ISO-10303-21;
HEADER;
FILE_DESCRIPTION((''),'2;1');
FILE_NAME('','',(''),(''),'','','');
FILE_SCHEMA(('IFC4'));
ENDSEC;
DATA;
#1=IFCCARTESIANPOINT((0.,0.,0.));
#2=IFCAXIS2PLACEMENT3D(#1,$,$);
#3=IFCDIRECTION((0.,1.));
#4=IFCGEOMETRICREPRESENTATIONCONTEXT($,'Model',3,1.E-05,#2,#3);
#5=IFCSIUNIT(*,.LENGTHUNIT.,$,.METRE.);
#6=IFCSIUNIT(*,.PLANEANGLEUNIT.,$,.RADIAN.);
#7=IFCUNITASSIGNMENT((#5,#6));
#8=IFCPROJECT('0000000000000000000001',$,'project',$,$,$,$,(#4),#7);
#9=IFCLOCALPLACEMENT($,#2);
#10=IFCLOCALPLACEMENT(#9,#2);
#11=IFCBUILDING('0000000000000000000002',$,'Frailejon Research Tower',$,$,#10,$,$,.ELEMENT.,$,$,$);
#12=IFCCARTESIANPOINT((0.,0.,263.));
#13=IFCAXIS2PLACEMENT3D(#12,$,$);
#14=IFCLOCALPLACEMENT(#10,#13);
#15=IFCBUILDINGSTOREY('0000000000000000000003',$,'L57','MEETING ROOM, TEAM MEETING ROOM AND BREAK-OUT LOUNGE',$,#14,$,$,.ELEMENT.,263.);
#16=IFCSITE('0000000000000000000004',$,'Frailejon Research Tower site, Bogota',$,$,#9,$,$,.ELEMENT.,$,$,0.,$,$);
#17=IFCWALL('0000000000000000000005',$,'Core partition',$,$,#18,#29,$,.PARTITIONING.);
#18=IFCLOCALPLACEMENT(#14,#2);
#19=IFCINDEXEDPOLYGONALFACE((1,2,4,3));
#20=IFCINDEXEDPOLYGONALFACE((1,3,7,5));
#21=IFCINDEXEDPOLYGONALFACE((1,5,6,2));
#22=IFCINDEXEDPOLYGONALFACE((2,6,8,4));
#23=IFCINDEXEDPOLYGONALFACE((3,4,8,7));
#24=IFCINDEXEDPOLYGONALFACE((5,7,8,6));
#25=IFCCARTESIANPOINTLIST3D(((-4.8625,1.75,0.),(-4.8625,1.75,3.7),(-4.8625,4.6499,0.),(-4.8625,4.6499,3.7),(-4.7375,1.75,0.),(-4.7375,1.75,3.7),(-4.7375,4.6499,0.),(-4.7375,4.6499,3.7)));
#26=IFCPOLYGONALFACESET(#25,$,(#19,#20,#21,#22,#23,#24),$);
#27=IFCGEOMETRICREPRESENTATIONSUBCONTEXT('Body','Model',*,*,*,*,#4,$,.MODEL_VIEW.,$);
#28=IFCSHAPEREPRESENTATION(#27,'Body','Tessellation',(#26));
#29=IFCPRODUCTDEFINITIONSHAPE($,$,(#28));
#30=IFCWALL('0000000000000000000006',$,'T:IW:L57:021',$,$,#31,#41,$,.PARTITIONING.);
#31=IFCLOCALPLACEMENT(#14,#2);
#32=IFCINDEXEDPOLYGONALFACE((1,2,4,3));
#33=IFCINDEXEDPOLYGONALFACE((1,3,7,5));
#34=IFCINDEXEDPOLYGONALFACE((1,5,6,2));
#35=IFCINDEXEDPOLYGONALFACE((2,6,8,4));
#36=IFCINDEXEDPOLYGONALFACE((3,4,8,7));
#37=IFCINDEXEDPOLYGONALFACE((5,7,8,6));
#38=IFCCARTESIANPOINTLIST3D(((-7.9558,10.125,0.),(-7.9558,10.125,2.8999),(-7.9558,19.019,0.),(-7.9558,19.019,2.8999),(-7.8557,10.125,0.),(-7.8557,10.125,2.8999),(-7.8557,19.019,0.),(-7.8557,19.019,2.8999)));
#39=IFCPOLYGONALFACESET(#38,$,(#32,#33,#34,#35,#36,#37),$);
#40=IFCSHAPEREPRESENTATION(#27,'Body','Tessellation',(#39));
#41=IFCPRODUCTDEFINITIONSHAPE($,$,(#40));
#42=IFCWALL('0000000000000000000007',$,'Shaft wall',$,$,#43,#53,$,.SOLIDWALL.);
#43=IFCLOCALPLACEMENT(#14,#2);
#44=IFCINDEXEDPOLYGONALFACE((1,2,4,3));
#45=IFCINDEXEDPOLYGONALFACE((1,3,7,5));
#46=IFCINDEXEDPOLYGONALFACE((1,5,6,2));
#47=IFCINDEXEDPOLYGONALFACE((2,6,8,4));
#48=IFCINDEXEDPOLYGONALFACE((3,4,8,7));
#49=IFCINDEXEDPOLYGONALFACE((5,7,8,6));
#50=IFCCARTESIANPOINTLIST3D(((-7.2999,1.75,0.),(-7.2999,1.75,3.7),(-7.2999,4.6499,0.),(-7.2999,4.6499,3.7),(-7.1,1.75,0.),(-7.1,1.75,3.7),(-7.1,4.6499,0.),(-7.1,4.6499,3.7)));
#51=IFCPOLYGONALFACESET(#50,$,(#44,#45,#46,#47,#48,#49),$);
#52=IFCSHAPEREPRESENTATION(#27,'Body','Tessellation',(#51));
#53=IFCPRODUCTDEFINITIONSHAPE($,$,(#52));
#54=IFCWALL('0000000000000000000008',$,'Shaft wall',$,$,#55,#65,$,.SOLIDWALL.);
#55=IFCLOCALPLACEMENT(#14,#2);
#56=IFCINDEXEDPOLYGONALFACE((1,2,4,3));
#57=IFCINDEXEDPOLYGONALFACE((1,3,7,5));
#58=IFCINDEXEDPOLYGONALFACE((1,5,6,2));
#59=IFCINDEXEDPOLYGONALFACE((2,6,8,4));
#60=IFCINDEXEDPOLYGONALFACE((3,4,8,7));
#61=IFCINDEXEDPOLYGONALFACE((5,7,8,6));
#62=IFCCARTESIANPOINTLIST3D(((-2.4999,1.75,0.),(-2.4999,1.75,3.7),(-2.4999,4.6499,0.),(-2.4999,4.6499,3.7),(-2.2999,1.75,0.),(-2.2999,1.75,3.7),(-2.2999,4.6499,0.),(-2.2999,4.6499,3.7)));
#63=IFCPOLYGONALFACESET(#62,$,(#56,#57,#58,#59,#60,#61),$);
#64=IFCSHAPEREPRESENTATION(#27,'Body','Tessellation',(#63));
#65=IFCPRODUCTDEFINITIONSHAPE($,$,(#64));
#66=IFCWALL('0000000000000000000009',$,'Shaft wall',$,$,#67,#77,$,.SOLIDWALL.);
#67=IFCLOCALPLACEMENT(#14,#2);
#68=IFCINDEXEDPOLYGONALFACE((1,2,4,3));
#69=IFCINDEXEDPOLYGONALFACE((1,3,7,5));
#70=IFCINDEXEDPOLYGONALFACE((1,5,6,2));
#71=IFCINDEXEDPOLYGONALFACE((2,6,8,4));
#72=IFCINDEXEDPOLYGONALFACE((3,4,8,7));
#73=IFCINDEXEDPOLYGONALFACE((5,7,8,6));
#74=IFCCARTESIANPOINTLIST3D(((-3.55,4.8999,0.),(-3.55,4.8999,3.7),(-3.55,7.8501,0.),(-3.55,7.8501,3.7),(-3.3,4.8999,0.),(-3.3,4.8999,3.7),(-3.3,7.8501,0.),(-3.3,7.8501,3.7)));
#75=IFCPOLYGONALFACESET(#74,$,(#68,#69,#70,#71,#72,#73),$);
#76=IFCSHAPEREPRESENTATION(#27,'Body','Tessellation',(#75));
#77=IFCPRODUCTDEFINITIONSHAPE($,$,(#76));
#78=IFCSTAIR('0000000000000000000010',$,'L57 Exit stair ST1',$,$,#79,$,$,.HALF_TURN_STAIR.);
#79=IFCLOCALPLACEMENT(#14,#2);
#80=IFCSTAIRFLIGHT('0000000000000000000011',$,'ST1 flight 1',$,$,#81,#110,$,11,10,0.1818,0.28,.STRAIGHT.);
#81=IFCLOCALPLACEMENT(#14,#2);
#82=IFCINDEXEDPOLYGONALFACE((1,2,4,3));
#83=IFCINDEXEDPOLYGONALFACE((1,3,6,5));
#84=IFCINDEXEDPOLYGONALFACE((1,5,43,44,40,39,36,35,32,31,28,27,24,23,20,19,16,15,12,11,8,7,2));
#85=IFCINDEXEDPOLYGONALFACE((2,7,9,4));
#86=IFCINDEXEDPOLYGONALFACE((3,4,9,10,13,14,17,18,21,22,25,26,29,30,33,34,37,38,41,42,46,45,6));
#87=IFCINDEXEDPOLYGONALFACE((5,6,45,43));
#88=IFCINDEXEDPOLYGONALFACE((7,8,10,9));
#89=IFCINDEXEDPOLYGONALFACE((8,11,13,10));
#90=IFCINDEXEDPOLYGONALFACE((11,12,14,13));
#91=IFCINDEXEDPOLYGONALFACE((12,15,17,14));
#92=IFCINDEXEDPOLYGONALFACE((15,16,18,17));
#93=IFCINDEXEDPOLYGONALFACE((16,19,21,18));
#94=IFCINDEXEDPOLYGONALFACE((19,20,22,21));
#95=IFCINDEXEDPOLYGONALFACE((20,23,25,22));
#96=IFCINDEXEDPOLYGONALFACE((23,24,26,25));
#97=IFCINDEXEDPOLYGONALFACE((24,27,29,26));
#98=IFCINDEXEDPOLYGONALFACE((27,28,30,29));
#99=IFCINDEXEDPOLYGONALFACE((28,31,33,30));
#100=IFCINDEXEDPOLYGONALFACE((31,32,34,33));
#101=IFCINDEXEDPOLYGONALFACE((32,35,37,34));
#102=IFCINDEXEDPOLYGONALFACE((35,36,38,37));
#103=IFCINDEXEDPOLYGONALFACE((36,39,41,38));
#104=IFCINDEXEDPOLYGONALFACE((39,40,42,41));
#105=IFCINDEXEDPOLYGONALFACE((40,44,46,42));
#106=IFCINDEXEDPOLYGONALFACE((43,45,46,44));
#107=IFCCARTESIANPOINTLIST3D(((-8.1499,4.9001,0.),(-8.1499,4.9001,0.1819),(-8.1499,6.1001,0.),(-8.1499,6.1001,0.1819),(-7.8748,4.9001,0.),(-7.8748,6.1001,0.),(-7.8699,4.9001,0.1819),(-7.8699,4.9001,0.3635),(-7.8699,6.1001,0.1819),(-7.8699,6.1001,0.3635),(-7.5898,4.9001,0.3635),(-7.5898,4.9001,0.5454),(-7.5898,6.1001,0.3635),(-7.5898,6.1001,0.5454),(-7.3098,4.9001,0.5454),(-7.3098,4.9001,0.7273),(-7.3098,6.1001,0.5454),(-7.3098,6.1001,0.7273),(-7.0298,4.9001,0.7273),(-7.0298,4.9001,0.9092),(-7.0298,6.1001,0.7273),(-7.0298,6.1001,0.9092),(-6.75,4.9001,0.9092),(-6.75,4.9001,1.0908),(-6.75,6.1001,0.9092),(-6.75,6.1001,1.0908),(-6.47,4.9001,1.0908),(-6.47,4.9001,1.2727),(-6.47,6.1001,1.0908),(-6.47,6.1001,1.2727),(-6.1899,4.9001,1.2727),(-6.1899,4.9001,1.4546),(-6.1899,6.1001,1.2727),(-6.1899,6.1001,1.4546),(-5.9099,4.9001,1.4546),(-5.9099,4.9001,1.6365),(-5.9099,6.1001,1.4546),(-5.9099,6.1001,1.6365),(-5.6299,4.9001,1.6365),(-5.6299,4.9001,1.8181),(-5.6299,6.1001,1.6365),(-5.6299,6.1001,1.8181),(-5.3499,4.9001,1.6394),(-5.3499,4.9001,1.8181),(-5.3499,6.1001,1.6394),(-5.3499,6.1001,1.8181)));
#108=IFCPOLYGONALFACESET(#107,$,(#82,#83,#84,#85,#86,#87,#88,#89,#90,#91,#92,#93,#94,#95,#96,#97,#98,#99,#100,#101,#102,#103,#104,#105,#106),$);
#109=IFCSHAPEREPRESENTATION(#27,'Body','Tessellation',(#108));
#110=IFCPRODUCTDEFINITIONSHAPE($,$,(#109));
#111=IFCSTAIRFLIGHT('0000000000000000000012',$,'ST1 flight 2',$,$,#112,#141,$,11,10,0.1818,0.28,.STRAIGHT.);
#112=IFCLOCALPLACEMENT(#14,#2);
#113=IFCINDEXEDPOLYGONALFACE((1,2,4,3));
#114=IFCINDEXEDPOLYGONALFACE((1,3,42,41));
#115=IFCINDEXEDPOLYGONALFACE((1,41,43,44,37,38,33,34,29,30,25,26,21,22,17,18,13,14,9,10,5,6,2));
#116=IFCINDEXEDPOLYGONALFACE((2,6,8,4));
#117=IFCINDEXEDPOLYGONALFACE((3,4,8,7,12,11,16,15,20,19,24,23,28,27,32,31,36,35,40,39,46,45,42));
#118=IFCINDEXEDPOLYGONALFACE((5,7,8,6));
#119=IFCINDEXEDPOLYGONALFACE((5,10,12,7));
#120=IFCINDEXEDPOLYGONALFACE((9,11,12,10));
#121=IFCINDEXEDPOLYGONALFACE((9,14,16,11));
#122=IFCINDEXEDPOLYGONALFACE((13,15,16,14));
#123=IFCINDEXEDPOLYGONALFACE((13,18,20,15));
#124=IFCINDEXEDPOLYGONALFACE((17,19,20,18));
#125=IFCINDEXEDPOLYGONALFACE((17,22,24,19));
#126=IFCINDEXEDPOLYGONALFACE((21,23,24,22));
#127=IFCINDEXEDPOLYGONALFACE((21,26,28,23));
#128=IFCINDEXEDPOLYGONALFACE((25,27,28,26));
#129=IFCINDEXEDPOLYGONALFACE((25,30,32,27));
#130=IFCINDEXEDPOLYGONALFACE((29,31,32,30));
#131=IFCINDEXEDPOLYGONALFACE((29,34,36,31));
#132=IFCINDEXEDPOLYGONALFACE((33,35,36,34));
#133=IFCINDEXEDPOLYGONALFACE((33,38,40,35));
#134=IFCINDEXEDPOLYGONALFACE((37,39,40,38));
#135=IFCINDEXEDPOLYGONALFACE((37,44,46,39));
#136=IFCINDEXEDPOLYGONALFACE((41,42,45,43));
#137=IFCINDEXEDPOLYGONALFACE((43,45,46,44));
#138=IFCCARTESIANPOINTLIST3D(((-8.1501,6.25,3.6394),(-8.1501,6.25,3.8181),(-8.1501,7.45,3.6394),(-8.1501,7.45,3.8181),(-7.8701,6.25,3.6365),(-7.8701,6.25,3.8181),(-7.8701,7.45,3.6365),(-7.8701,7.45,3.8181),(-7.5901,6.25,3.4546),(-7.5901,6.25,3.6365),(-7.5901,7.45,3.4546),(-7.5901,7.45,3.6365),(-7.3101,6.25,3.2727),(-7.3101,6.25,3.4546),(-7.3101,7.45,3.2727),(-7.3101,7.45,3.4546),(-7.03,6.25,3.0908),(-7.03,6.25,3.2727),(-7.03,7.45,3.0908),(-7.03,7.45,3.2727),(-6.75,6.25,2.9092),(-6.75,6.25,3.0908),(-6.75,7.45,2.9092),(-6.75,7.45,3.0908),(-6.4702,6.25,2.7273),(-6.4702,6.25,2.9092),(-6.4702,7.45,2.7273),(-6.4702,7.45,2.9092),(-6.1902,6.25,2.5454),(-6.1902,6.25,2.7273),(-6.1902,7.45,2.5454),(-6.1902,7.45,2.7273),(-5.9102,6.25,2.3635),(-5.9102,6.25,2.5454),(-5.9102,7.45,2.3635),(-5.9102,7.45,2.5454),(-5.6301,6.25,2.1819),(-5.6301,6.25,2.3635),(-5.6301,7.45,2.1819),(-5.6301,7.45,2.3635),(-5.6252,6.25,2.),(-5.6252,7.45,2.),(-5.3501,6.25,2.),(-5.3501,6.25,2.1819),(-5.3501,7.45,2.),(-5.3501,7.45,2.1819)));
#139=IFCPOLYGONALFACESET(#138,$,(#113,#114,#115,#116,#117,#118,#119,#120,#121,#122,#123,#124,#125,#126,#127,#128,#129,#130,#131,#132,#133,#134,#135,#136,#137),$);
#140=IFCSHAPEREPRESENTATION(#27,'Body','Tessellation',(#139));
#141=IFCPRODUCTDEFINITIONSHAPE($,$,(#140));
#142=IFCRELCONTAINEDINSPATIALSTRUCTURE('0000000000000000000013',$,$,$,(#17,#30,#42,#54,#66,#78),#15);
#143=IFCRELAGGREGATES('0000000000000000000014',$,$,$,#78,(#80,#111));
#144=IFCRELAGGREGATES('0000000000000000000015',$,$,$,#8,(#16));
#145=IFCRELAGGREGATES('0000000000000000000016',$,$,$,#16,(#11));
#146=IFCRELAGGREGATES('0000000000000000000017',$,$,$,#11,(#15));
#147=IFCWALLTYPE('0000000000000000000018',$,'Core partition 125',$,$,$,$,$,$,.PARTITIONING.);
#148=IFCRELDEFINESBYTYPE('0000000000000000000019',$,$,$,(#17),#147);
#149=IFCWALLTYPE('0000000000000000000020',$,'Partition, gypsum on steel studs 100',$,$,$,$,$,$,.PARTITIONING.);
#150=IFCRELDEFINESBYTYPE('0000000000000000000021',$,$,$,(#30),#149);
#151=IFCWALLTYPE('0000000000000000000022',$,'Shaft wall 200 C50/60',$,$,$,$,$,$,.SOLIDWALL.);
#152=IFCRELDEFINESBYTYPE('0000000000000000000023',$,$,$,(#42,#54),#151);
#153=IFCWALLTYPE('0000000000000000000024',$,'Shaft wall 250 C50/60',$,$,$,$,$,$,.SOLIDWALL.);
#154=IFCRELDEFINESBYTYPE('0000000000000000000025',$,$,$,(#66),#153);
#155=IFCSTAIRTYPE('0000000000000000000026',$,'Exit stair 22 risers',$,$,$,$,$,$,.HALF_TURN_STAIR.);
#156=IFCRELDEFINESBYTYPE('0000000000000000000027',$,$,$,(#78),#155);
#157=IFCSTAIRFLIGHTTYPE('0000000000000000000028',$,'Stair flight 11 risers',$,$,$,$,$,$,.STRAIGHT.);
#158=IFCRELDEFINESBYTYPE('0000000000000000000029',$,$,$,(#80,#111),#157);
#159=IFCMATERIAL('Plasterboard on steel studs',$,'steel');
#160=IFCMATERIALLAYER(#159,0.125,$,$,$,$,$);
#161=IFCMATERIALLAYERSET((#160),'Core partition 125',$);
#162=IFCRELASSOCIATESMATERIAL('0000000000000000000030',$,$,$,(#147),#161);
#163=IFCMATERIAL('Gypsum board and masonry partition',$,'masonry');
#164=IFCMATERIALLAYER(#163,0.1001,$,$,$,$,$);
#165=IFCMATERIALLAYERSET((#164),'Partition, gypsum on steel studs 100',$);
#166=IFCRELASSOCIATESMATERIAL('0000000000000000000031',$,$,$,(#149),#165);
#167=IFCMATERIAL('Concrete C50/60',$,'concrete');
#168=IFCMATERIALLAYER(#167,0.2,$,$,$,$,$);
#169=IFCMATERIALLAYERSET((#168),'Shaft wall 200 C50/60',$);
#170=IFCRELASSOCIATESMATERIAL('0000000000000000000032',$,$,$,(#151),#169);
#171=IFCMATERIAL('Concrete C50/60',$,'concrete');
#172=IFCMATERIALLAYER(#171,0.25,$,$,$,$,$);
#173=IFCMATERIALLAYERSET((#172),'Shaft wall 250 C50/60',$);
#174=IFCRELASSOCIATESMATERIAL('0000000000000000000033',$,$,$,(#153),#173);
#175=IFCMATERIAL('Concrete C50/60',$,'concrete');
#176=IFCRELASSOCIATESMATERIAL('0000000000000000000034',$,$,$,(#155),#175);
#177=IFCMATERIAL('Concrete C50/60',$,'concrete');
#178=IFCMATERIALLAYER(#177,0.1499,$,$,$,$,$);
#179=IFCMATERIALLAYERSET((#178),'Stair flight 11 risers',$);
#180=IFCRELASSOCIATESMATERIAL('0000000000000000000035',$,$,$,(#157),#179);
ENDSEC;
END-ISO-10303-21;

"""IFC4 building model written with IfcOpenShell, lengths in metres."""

from ifc_helpers import new_model, si_unit, direction, frame, frame_2d, origin, place, context, subcontext, project, spatial, polyline, rectangle, outline, extrude, material, layer, layer_set, type_object, element, aggregate, save


model = new_model("IFC4")

# Units and contexts
model_context = context("Model", 3, precision=1e-05, world=origin(), true_north=direction((0.0, 1.0)))
body_context = subcontext(model_context, "Body", "Model", "MODEL_VIEW")
ifc_project = project(units=[si_unit("LENGTHUNIT", "METRE"), si_unit("PLANEANGLEUNIT", "RADIAN")], contexts=[model_context])

# Site, building, storey
site_placement = place(None, origin())
site = spatial("IfcSite", under=ifc_project, at=site_placement, Name="Frailejon Research Tower site, Bogota", CompositionType="ELEMENT", RefElevation=0.0)
building_placement = place(site_placement, origin())
building = spatial("IfcBuilding", under=site, at=building_placement, Name="Frailejon Research Tower", CompositionType="ELEMENT")
storey_placement = place(building_placement, frame((0.0, 0.0, 263.0)))
storey = spatial("IfcBuildingStorey", under=building, at=storey_placement, Name="L57", Description="MEETING ROOM, TEAM MEETING ROOM AND BREAK-OUT LOUNGE", CompositionType="ELEMENT", Elevation=263.0)

# Walls
ifc_material_1 = material(Name="Plasterboard on steel studs", Category="steel")
ifc_layer_1 = layer(ifc_material_1, 0.125)
ifc_layer_set_1 = layer_set([ifc_layer_1], Name="Core partition 125")
wall_type_1 = type_object("IfcWallType", Name="Core partition 125", PredefinedType="PARTITIONING", material=ifc_layer_set_1)
wall_1_placement = place(storey_placement, frame((-4.8, 1.75, 0.0), z_axis=(0.0, 0.0, 1.0), x_axis=(0.0, 1.0, 0.0)))
element("IfcWall", 1, at=wall_1_placement, inside=storey, type_object=wall_type_1, Name="Core partition", PredefinedType="PARTITIONING", context=body_context, shape_type="SweptSolid", body=[
    extrude(rectangle(XDim=2.8999, YDim=0.125, at=frame_2d((1.45, 0.0))), origin(), (0.0, 0.0, 1.0), 3.7),
])
ifc_material_2 = material(Name="Gypsum board and masonry partition", Category="masonry")
ifc_layer_2 = layer(ifc_material_2, 0.1001)
ifc_layer_set_2 = layer_set([ifc_layer_2], Name="Partition, gypsum on steel studs 100")
wall_type_2 = type_object("IfcWallType", Name="Partition, gypsum on steel studs 100", PredefinedType="PARTITIONING", material=ifc_layer_set_2)
wall_2_placement = place(storey_placement, frame((-7.9058, 10.125, 0.0), z_axis=(0.0, 0.0, 1.0), x_axis=(0.0, 1.0, 0.0)))
element("IfcWall", 2, at=wall_2_placement, inside=storey, type_object=wall_type_2, Name="T:IW:L57:021", PredefinedType="PARTITIONING", context=body_context, shape_type="SweptSolid", body=[
    extrude(rectangle(XDim=8.894, YDim=0.1001, at=frame_2d((4.447, 0.0))), origin(), (0.0, 0.0, 1.0), 2.8999),
])
ifc_material_3 = material(Name="Concrete C50/60", Category="concrete")
ifc_layer_3 = layer(ifc_material_3, 0.2)
ifc_layer_set_3 = layer_set([ifc_layer_3], Name="Shaft wall 200 C50/60")
wall_type_3 = type_object("IfcWallType", Name="Shaft wall 200 C50/60", PredefinedType="SOLIDWALL", material=ifc_layer_set_3)
for number, where, z_axis, x_axis, name in (
    (3, (-7.2, 1.75, 0.0), (0.0, 0.0, 1.0), (0.0, 1.0, 0.0), "Shaft wall"),
    (4, (-2.3999, 1.75, 0.0), (0.0, 0.0, 1.0), (0.0, 1.0, 0.0), "Shaft wall"),
):
    element("IfcWall", number, at=place(storey_placement, frame(where, z_axis=z_axis, x_axis=x_axis)), inside=storey, type_object=wall_type_3, Name=name, PredefinedType="SOLIDWALL", context=body_context, shape_type="SweptSolid", body=[
        extrude(rectangle(XDim=2.8999, YDim=0.2, at=frame_2d((1.45, 0.0))), origin(), (0.0, 0.0, 1.0), 3.7),
    ])
ifc_material_4 = material(Name="Concrete C50/60", Category="concrete")
ifc_layer_4 = layer(ifc_material_4, 0.25)
ifc_layer_set_4 = layer_set([ifc_layer_4], Name="Shaft wall 250 C50/60")
wall_type_4 = type_object("IfcWallType", Name="Shaft wall 250 C50/60", PredefinedType="SOLIDWALL", material=ifc_layer_set_4)
wall_3_placement = place(storey_placement, frame((-3.425, 4.8999, 0.0), z_axis=(0.0, 0.0, 1.0), x_axis=(0.0, 1.0, 0.0)))
element("IfcWall", 5, at=wall_3_placement, inside=storey, type_object=wall_type_4, Name="Shaft wall", PredefinedType="SOLIDWALL", context=body_context, shape_type="SweptSolid", body=[
    extrude(rectangle(XDim=2.9502, YDim=0.25, at=frame_2d((1.4751, 0.0))), origin(), (0.0, 0.0, 1.0), 3.7),
])

# Stair, stair flights
ifc_material_5 = material(Name="Concrete C50/60", Category="concrete")
stair_type = type_object("IfcStairType", Name="Exit stair 22 risers", PredefinedType="HALF_TURN_STAIR", material=ifc_material_5)
stair_placement = place(storey_placement, origin())
stair = element("IfcStair", 6, at=stair_placement, inside=storey, type_object=stair_type, Name="L57 Exit stair ST1", PredefinedType="HALF_TURN_STAIR")
ifc_material_6 = material(Name="Concrete C50/60", Category="concrete")
ifc_layer_5 = layer(ifc_material_6, 0.1499)
ifc_layer_set_5 = layer_set([ifc_layer_5], Name="Stair flight 11 risers")
stair_flight_type = type_object("IfcStairFlightType", Name="Stair flight 11 risers", PredefinedType="STRAIGHT", material=ifc_layer_set_5)
stair_flight_1_placement = place(storey_placement, frame((-8.1499, 5.5, 0.0), z_axis=(0.0, 0.0, 1.0), x_axis=(1.0, 0.0, 0.0)))
stair_flight_1 = element("IfcStairFlight", 7, at=stair_flight_1_placement, type_object=stair_flight_type, Name="ST1 flight 1", NumberOfRisers=11, NumberOfTreads=10, PredefinedType="STRAIGHT", RiserHeight=0.1818, TreadLength=0.28, context=body_context, shape_type="SweptSolid", body=[
    extrude(outline(polyline([(0.0, 0.0), (0.0, 0.1819), (0.28, 0.1819), (0.28, 0.3635), (0.5601, 0.3635), (0.5601, 0.5454), (0.8401, 0.5454), (0.8401, 0.7273), (1.1201, 0.7273), (1.1201, 0.9092), (1.3999, 0.9092), (1.3999, 1.0908), (1.6799, 1.0908), (1.6799, 1.2727), (1.96, 1.2727), (1.96, 1.4546), (2.24, 1.4546), (2.24, 1.6365), (2.52, 1.6365), (2.52, 1.8181), (2.8, 1.8181), (2.8, 2.0), (2.8, 1.6394), (0.2751, 0.0), (0.0, 0.0)])), frame((0.0, 0.6001, 0.0), z_axis=(0.0, -1.0, 0.0), x_axis=(1.0, 0.0, 0.0)), (0.0, 0.0, 1.0), 1.2),
])
stair_flight_2_placement = place(storey_placement, frame((-5.3501, 6.8501, 2.0), z_axis=(0.0, 0.0, 1.0), x_axis=(-1.0, 0.0, 0.0)))
stair_flight_2 = element("IfcStairFlight", 8, at=stair_flight_2_placement, type_object=stair_flight_type, Name="ST1 flight 2", NumberOfRisers=11, NumberOfTreads=10, PredefinedType="STRAIGHT", RiserHeight=0.1818, TreadLength=0.28, context=body_context, shape_type="SweptSolid", body=[
    extrude(outline(polyline([(0.0, 0.0), (0.0, 0.1819), (0.28, 0.1819), (0.28, 0.3635), (0.5601, 0.3635), (0.5601, 0.5454), (0.8401, 0.5454), (0.8401, 0.7273), (1.1201, 0.7273), (1.1201, 0.9092), (1.3999, 0.9092), (1.3999, 1.0908), (1.6799, 1.0908), (1.6799, 1.2727), (1.96, 1.2727), (1.96, 1.4546), (2.24, 1.4546), (2.24, 1.6365), (2.52, 1.6365), (2.52, 1.8181), (2.8, 1.8181), (2.8, 2.0), (2.8, 1.6394), (0.2751, 0.0), (0.0, 0.0)])), frame((0.0, 0.6001, 0.0), z_axis=(0.0, -1.0, 0.0), x_axis=(1.0, 0.0, 0.0)), (0.0, 0.0, 1.0), 1.2),
])
aggregate(stair, [stair_flight_1, stair_flight_2])

save(model, "model.ifc")
